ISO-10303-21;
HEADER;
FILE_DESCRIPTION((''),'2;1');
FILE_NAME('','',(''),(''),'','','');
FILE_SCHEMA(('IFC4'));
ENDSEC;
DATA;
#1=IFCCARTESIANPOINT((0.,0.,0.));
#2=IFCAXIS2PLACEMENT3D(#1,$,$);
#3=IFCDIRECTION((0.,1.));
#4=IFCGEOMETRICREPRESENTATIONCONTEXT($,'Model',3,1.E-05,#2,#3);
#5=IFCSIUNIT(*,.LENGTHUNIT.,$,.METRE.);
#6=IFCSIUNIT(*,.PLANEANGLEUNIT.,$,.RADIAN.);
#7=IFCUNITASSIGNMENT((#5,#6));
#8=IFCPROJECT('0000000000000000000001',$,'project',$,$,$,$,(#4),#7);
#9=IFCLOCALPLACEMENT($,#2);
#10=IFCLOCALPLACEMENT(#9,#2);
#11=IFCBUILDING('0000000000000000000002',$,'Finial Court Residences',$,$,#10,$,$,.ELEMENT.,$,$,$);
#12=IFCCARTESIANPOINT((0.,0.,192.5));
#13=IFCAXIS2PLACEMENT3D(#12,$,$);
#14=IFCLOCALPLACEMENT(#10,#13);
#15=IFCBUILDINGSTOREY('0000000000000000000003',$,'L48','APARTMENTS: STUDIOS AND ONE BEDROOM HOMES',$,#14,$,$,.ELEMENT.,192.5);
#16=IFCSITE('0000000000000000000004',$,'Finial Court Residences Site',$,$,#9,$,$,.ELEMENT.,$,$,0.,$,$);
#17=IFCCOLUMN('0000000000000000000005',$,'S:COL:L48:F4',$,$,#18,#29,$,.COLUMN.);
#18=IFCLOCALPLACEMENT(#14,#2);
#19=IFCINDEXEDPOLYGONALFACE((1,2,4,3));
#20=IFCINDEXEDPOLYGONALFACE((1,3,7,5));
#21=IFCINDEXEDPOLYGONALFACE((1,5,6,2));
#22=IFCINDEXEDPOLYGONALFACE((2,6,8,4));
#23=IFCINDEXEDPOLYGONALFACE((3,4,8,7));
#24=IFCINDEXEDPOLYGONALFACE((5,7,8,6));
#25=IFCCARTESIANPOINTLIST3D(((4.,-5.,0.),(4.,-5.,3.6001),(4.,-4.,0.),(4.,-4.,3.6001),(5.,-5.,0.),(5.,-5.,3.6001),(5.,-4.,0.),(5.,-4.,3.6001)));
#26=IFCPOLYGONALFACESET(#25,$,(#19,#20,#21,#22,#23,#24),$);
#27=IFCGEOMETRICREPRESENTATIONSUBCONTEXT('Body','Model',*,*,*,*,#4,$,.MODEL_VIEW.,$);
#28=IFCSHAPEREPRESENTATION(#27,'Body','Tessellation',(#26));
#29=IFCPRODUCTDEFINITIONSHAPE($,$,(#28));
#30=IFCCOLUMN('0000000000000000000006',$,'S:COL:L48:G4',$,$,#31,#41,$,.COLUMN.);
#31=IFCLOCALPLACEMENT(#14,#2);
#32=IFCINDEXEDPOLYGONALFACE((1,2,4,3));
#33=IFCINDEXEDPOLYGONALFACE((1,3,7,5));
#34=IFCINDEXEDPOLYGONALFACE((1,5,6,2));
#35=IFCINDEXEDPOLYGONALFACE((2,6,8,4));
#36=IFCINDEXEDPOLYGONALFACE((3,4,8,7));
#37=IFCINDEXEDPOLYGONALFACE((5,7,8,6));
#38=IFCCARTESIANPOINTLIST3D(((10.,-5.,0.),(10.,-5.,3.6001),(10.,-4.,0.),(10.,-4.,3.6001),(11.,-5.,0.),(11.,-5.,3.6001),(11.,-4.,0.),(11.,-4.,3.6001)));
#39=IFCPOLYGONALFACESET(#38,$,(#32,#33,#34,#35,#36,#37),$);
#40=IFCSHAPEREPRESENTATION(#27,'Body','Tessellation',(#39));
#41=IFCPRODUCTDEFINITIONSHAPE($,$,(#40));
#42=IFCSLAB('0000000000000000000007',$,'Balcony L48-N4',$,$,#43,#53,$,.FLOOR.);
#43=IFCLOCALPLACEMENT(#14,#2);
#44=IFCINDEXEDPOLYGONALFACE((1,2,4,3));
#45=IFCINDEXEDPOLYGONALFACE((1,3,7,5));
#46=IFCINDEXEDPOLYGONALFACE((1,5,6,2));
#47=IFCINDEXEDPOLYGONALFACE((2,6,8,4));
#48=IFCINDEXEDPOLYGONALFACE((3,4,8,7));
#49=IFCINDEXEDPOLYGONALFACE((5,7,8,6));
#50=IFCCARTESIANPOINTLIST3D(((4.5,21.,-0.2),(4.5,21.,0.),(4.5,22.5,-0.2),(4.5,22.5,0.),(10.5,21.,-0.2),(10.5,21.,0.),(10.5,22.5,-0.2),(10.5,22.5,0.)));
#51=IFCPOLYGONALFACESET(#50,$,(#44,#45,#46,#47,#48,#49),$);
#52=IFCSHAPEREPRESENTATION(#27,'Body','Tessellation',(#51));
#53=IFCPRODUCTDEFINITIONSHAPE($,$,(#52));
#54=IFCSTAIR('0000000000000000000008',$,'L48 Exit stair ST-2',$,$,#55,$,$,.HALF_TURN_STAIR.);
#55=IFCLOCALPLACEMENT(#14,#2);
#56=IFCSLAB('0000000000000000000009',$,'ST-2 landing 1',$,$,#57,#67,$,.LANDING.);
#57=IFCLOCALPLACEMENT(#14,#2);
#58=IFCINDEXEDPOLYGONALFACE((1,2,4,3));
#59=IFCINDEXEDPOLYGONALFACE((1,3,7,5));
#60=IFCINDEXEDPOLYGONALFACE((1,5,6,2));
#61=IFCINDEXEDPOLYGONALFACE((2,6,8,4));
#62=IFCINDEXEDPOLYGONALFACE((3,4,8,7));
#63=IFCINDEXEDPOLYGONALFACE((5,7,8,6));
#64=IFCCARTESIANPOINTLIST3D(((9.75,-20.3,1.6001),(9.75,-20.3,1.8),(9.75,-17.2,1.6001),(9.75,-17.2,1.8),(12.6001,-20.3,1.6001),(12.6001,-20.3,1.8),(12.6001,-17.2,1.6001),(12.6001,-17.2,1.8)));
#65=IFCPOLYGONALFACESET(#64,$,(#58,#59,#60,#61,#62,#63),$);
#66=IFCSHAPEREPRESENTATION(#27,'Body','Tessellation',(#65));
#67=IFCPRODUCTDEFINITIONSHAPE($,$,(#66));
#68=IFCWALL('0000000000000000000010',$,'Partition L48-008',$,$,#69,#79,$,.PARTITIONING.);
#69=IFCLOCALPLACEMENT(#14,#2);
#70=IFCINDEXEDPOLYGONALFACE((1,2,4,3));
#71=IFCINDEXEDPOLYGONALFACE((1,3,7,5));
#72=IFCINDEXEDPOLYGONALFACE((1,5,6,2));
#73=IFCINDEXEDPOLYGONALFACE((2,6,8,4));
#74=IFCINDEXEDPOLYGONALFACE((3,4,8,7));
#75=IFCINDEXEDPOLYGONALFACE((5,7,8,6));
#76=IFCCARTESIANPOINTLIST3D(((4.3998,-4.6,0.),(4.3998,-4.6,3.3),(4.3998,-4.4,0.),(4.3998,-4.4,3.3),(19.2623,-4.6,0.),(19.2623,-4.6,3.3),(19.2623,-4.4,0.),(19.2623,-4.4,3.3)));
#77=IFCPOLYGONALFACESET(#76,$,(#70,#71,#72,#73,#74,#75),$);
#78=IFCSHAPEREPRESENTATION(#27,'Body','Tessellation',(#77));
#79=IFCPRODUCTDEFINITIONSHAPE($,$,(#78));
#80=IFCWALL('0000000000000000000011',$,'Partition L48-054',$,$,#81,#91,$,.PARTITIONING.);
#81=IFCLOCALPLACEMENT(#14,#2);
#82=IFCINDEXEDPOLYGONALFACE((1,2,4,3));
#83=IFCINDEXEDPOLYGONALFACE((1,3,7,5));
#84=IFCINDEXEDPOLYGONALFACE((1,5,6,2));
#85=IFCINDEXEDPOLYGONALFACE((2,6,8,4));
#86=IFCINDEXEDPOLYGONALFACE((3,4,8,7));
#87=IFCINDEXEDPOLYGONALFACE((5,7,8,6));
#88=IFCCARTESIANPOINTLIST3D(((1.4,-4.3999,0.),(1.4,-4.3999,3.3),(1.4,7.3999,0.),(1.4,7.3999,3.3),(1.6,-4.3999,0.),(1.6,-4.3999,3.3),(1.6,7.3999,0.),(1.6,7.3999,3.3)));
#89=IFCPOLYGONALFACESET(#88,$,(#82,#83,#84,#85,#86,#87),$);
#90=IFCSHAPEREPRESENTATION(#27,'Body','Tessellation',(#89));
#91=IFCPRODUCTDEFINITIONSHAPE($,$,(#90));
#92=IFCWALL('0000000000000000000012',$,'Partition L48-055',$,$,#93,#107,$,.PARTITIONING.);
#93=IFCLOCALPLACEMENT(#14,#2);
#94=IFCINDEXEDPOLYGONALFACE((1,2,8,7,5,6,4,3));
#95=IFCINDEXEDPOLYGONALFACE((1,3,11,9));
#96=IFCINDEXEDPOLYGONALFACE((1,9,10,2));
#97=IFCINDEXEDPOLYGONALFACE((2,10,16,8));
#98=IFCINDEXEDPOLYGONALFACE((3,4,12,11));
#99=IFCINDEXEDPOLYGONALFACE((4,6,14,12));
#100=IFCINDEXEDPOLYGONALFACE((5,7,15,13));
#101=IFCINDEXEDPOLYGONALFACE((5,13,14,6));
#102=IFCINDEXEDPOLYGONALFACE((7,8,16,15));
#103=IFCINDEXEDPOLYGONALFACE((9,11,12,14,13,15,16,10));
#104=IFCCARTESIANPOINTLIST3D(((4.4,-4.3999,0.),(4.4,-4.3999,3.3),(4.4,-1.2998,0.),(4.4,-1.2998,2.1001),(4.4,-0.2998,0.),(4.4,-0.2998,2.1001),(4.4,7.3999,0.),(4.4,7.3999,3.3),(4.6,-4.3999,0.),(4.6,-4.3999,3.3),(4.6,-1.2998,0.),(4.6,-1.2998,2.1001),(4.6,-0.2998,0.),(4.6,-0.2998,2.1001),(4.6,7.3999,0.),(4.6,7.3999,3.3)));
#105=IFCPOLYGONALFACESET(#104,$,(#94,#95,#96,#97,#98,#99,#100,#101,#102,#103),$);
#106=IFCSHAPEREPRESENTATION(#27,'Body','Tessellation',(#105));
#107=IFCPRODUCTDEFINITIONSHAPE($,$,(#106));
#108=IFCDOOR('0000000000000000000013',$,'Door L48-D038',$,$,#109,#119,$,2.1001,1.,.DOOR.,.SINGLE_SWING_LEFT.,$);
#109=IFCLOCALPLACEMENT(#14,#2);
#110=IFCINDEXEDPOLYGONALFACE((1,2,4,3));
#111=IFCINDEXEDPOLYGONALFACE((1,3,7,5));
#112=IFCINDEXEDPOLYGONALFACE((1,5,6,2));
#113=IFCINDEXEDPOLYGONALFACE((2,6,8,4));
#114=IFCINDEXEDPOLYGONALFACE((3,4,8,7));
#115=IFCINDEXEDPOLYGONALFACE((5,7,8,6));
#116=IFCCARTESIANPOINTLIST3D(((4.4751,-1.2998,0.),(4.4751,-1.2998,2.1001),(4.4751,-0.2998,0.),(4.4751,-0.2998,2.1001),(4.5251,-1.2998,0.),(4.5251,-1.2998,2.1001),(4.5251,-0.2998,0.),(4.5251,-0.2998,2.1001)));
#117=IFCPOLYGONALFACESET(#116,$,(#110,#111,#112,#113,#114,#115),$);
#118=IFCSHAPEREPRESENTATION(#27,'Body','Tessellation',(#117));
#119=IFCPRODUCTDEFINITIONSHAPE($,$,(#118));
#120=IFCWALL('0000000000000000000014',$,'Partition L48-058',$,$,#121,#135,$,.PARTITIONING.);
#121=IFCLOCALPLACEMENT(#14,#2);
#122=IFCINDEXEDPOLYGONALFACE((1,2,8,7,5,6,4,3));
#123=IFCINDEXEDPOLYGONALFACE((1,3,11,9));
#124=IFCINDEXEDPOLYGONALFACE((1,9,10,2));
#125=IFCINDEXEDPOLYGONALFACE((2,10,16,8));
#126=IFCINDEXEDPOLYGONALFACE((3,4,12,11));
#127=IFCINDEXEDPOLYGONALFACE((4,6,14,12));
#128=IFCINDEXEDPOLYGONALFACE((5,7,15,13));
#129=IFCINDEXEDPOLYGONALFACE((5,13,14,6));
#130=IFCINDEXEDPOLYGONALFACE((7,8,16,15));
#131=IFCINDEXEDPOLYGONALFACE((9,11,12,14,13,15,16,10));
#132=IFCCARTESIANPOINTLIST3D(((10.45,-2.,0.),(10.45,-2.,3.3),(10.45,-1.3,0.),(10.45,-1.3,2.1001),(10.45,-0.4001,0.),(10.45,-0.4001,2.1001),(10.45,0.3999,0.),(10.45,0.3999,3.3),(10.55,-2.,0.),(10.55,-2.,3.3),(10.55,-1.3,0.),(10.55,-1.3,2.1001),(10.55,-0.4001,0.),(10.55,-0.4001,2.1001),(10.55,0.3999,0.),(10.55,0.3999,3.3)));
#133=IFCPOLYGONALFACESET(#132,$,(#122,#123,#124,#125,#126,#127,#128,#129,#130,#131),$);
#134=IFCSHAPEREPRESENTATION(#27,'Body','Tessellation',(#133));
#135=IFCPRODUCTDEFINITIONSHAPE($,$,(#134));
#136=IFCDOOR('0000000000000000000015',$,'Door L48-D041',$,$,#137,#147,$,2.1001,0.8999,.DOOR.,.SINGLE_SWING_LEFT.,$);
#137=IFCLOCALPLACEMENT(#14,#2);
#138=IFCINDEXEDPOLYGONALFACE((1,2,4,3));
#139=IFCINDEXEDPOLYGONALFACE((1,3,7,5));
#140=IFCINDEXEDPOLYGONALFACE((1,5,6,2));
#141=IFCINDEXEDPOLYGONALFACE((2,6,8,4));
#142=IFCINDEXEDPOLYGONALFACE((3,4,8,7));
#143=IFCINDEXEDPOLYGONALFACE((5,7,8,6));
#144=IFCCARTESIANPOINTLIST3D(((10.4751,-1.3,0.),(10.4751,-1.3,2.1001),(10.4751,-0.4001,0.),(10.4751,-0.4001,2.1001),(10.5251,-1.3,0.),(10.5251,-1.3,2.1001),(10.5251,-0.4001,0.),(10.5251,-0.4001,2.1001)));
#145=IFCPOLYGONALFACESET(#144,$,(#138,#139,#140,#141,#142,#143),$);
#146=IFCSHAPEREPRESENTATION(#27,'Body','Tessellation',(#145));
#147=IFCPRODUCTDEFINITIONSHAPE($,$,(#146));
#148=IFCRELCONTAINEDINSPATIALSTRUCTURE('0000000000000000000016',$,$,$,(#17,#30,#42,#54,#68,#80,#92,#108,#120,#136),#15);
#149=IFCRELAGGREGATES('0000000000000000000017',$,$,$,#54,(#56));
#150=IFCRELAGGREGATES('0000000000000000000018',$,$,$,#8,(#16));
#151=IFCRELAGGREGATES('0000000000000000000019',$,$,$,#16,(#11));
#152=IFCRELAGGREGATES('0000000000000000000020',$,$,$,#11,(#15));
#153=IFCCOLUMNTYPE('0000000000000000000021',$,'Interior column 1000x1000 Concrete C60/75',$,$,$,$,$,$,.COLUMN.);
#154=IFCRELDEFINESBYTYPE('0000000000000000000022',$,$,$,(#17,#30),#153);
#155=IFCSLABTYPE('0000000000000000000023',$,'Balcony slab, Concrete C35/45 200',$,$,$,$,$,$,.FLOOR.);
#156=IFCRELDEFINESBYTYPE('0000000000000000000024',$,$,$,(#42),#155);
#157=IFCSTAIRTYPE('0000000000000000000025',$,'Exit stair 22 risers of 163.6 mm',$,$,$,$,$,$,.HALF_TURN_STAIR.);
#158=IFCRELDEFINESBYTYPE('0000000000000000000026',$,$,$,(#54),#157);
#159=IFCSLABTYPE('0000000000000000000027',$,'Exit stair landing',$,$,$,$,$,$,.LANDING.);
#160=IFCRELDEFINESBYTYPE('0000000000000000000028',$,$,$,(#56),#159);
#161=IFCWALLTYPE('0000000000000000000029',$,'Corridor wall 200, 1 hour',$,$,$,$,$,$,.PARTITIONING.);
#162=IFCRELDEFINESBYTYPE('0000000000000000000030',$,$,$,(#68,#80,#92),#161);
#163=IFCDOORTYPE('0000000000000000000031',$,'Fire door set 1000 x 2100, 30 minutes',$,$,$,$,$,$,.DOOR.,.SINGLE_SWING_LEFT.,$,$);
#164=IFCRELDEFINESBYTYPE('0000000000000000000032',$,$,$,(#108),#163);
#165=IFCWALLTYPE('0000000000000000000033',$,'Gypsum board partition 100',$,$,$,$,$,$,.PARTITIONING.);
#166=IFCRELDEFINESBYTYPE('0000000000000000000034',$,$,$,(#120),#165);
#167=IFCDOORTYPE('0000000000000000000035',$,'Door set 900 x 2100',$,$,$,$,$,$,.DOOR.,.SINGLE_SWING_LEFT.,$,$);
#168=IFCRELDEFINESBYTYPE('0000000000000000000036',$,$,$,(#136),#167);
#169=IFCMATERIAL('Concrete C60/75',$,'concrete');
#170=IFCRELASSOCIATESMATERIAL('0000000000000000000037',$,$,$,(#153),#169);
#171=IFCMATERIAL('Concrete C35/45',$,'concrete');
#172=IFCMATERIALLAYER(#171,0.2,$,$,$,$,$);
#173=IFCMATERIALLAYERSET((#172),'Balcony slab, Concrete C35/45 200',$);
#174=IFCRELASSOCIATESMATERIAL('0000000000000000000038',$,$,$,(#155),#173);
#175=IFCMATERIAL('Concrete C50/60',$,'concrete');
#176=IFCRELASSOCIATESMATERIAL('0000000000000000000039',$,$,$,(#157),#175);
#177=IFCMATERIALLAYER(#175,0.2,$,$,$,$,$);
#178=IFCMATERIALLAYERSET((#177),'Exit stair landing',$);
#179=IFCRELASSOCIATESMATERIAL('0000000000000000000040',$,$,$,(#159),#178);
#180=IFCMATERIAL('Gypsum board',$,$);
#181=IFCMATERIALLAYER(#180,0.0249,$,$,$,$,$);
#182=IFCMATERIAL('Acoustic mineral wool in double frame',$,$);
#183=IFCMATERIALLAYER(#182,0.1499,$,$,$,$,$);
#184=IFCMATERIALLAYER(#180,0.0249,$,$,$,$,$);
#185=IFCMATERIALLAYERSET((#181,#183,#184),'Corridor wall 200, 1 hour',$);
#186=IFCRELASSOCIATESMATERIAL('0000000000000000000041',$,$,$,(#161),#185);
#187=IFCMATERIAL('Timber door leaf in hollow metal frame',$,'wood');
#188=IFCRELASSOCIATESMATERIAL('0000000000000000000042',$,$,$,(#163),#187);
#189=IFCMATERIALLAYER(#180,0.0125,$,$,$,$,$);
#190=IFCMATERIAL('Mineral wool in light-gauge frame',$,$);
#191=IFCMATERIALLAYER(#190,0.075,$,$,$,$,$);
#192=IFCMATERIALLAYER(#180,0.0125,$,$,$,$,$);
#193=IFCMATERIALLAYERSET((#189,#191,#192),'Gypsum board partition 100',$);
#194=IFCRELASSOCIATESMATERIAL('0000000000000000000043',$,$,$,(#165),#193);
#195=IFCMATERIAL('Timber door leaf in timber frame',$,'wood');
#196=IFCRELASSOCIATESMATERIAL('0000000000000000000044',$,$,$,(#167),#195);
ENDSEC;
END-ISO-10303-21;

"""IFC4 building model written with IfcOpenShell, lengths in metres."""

from ifc_helpers import new_model, si_unit, direction, frame, frame_2d, origin, origin_2d, place, context, subcontext, project, spatial, polyline, rectangle, outline, extrude, material, layer, layer_set, material_profile, profile_set, type_object, element, fill, aggregate, save


model = new_model("IFC4")

# Units and contexts
model_context = context("Model", 3, precision=1e-05, world=origin(), true_north=direction((0.0, 1.0)))
body_context = subcontext(model_context, "Body", "Model", "MODEL_VIEW")
ifc_project = project(units=[si_unit("LENGTHUNIT", "METRE"), si_unit("PLANEANGLEUNIT", "RADIAN")], contexts=[model_context])

# Site, building, storey
site_placement = place(None, origin())
site = spatial("IfcSite", under=ifc_project, at=site_placement, Name="Finial Court Residences Site", CompositionType="ELEMENT", RefElevation=0.0)
building_placement = place(site_placement, origin())
building = spatial("IfcBuilding", under=site, at=building_placement, Name="Finial Court Residences", CompositionType="ELEMENT")
storey_placement = place(building_placement, frame((0.0, 0.0, 192.5)))
storey = spatial("IfcBuildingStorey", under=building, at=storey_placement, Name="L48", Description="APARTMENTS: STUDIOS AND ONE BEDROOM HOMES", CompositionType="ELEMENT", Elevation=192.5)

# Columns
ifc_material_1 = material(Name="Concrete C60/75", Category="concrete")
ifc_material_profile = material_profile(ifc_material_1, rectangle(XDim=1.0, YDim=1.0, at=origin_2d()), Name="1000x1000")
ifc_profile_set = profile_set([ifc_material_profile], Name="Concrete C60/75")
column_type = type_object("IfcColumnType", Name="Interior column 1000x1000 Concrete C60/75", PredefinedType="COLUMN", material=ifc_profile_set)
for number, where, z_axis, x_axis, name in (
    (1, (4.5, -4.5, 0.0), (0.0, 0.0, 1.0), (1.0, 0.0, 0.0), "S:COL:L48:F4"),
    (2, (10.5, -4.5, 0.0), (0.0, 0.0, 1.0), (1.0, 0.0, 0.0), "S:COL:L48:G4"),
):
    element("IfcColumn", number, at=place(storey_placement, frame(where, z_axis=z_axis, x_axis=x_axis)), inside=storey, type_object=column_type, Name=name, PredefinedType="COLUMN", context=body_context, shape_type="SweptSolid", body=[
        extrude(rectangle(XDim=1.0, YDim=1.0, at=origin_2d()), origin(), (0.0, 0.0, 1.0), 3.6001),
    ])

# Slab
ifc_material_2 = material(Name="Concrete C35/45", Category="concrete")
ifc_layer_1 = layer(ifc_material_2, 0.2)
ifc_layer_set_1 = layer_set([ifc_layer_1], Name="Balcony slab, Concrete C35/45 200")
slab_type_1 = type_object("IfcSlabType", Name="Balcony slab, Concrete C35/45 200", PredefinedType="FLOOR", material=ifc_layer_set_1)
slab_1_placement = place(storey_placement, frame((0.0, 0.0, -0.2)))
element("IfcSlab", 3, at=slab_1_placement, inside=storey, type_object=slab_type_1, Name="Balcony L48-N4", PredefinedType="FLOOR", context=body_context, shape_type="SweptSolid", body=[
    extrude(outline(polyline([(10.5, 21.0), (10.5, 22.5), (4.5, 22.5), (4.5, 21.0), (10.5, 21.0)])), origin(), (0.0, 0.0, 1.0), 0.2),
])

# Stair, slab
ifc_material_3 = material(Name="Concrete C50/60", Category="concrete")
stair_type = type_object("IfcStairType", Name="Exit stair 22 risers of 163.6 mm", PredefinedType="HALF_TURN_STAIR", material=ifc_material_3)
stair_placement = place(storey_placement, origin())
stair = element("IfcStair", 4, at=stair_placement, inside=storey, type_object=stair_type, Name="L48 Exit stair ST-2", PredefinedType="HALF_TURN_STAIR")
ifc_layer_2 = layer(ifc_material_3, 0.2)
ifc_layer_set_2 = layer_set([ifc_layer_2], Name="Exit stair landing")
slab_type_2 = type_object("IfcSlabType", Name="Exit stair landing", PredefinedType="LANDING", material=ifc_layer_set_2)
slab_2_placement = place(storey_placement, frame((0.0, 0.0, 1.6001)))
slab_2 = element("IfcSlab", 5, at=slab_2_placement, type_object=slab_type_2, Name="ST-2 landing 1", PredefinedType="LANDING", context=body_context, shape_type="SweptSolid", body=[
    extrude(outline(polyline([(12.6001, -20.3), (12.6001, -17.2), (9.75, -17.2), (9.75, -20.3), (12.6001, -20.3)])), origin(), (0.0, 0.0, 1.0), 0.2),
])
aggregate(stair, [slab_2])

# Walls
ifc_material_4 = material(Name="Gypsum board")
ifc_layer_3 = layer(ifc_material_4, 0.0249)
ifc_material_5 = material(Name="Acoustic mineral wool in double frame")
ifc_layer_4 = layer(ifc_material_5, 0.1499)
ifc_layer_5 = layer(ifc_material_4, 0.0249)
ifc_layer_set_3 = layer_set([ifc_layer_3, ifc_layer_4, ifc_layer_5], Name="Corridor wall 200, 1 hour")
wall_type_1 = type_object("IfcWallType", Name="Corridor wall 200, 1 hour", PredefinedType="PARTITIONING", material=ifc_layer_set_3)
wall_1_placement = place(storey_placement, frame((4.3999, -4.5, 0.0), z_axis=(0.0, 0.0, 1.0), x_axis=(1.0, 0.0, 0.0)))
element("IfcWall", 6, at=wall_1_placement, inside=storey, type_object=wall_type_1, Name="Partition L48-008", PredefinedType="PARTITIONING", context=body_context, shape_type="SweptSolid", body=[
    extrude(rectangle(XDim=14.8625, YDim=0.2, at=frame_2d((7.4312, 0.0))), origin(), (0.0, 0.0, 1.0), 3.3),
])
wall_2_placement = place(storey_placement, frame((1.5, -4.3999, 0.0), z_axis=(0.0, 0.0, 1.0), x_axis=(0.0, 1.0, 0.0)))
element("IfcWall", 7, at=wall_2_placement, inside=storey, type_object=wall_type_1, Name="Partition L48-054", PredefinedType="PARTITIONING", context=body_context, shape_type="SweptSolid", body=[
    extrude(rectangle(XDim=11.7998, YDim=0.2, at=frame_2d((5.8999, 0.0))), origin(), (0.0, 0.0, 1.0), 3.3),
])

# Walls, openings, doors
wall_3_placement = place(storey_placement, frame((4.5, -4.3999, 0.0), z_axis=(0.0, 0.0, 1.0), x_axis=(0.0, 1.0, 0.0)))
wall_3 = element("IfcWall", 8, at=wall_3_placement, inside=storey, type_object=wall_type_1, Name="Partition L48-055", PredefinedType="PARTITIONING", context=body_context, shape_type="SweptSolid", body=[
    extrude(rectangle(XDim=11.7998, YDim=0.2, at=frame_2d((5.8999, 0.0))), origin(), (0.0, 0.0, 1.0), 3.3),
])
opening_1_placement = place(wall_3_placement, frame((3.1001, 0.0, 0.0)))
opening_1 = element("IfcOpeningElement", 9, at=opening_1_placement, cuts=wall_3, PredefinedType="OPENING", context=body_context, shape_type="SweptSolid", body=[
    extrude(rectangle(XDim=1.0, YDim=2.1001, at=frame_2d((0.5, 1.05))), frame((0.0, 0.1099, 0.0), z_axis=(0.0, -1.0, 0.0), x_axis=(1.0, 0.0, 0.0)), (0.0, 0.0, 1.0), 0.22),
])
ifc_material_6 = material(Name="Timber door leaf in hollow metal frame", Category="wood")
door_type_1 = type_object("IfcDoorType", Name="Fire door set 1000 x 2100, 30 minutes", OperationType="SINGLE_SWING_LEFT", PredefinedType="DOOR", material=ifc_material_6)
door_1_placement = place(opening_1_placement, origin())
door_1 = element("IfcDoor", 10, at=door_1_placement, inside=storey, type_object=door_type_1, Name="Door L48-D038", OperationType="SINGLE_SWING_LEFT", OverallHeight=2.1001, OverallWidth=1.0, PredefinedType="DOOR", context=body_context, shape_type="SweptSolid", body=[
    extrude(rectangle(XDim=1.0, YDim=2.1001, at=frame_2d((0.5, 1.05))), frame((0.0, 0.0249, 0.0), z_axis=(0.0, -1.0, 0.0), x_axis=(1.0, 0.0, 0.0)), (0.0, 0.0, 1.0), 0.05),
])
fill(opening_1, door_1)
ifc_layer_6 = layer(ifc_material_4, 0.0125)
ifc_material_7 = material(Name="Mineral wool in light-gauge frame")
ifc_layer_7 = layer(ifc_material_7, 0.075)
ifc_layer_8 = layer(ifc_material_4, 0.0125)
ifc_layer_set_4 = layer_set([ifc_layer_6, ifc_layer_7, ifc_layer_8], Name="Gypsum board partition 100")
wall_type_2 = type_object("IfcWallType", Name="Gypsum board partition 100", PredefinedType="PARTITIONING", material=ifc_layer_set_4)
wall_4_placement = place(storey_placement, frame((10.5, -2.0, 0.0), z_axis=(0.0, 0.0, 1.0), x_axis=(0.0, 1.0, 0.0)))
wall_4 = element("IfcWall", 11, at=wall_4_placement, inside=storey, type_object=wall_type_2, Name="Partition L48-058", PredefinedType="PARTITIONING", context=body_context, shape_type="SweptSolid", body=[
    extrude(rectangle(XDim=2.3999, YDim=0.1001, at=frame_2d((1.2, 0.0))), origin(), (0.0, 0.0, 1.0), 3.3),
])
opening_2_placement = place(wall_4_placement, frame((0.7, 0.0, 0.0)))
opening_2 = element("IfcOpeningElement", 12, at=opening_2_placement, cuts=wall_4, PredefinedType="OPENING", context=body_context, shape_type="SweptSolid", body=[
    extrude(rectangle(XDim=0.8999, YDim=2.1001, at=frame_2d((0.45, 1.05))), frame((0.0, 0.0601, 0.0), z_axis=(0.0, -1.0, 0.0), x_axis=(1.0, 0.0, 0.0)), (0.0, 0.0, 1.0), 0.1201),
])
ifc_material_8 = material(Name="Timber door leaf in timber frame", Category="wood")
door_type_2 = type_object("IfcDoorType", Name="Door set 900 x 2100", OperationType="SINGLE_SWING_LEFT", PredefinedType="DOOR", material=ifc_material_8)
door_2_placement = place(opening_2_placement, origin())
door_2 = element("IfcDoor", 13, at=door_2_placement, inside=storey, type_object=door_type_2, Name="Door L48-D041", OperationType="SINGLE_SWING_LEFT", OverallHeight=2.1001, OverallWidth=0.8999, PredefinedType="DOOR", context=body_context, shape_type="SweptSolid", body=[
    extrude(rectangle(XDim=0.8999, YDim=2.1001, at=frame_2d((0.45, 1.05))), frame((0.0, 0.0249, 0.0), z_axis=(0.0, -1.0, 0.0), x_axis=(1.0, 0.0, 0.0)), (0.0, 0.0, 1.0), 0.05),
])
fill(opening_2, door_2)

save(model, "model.ifc")
